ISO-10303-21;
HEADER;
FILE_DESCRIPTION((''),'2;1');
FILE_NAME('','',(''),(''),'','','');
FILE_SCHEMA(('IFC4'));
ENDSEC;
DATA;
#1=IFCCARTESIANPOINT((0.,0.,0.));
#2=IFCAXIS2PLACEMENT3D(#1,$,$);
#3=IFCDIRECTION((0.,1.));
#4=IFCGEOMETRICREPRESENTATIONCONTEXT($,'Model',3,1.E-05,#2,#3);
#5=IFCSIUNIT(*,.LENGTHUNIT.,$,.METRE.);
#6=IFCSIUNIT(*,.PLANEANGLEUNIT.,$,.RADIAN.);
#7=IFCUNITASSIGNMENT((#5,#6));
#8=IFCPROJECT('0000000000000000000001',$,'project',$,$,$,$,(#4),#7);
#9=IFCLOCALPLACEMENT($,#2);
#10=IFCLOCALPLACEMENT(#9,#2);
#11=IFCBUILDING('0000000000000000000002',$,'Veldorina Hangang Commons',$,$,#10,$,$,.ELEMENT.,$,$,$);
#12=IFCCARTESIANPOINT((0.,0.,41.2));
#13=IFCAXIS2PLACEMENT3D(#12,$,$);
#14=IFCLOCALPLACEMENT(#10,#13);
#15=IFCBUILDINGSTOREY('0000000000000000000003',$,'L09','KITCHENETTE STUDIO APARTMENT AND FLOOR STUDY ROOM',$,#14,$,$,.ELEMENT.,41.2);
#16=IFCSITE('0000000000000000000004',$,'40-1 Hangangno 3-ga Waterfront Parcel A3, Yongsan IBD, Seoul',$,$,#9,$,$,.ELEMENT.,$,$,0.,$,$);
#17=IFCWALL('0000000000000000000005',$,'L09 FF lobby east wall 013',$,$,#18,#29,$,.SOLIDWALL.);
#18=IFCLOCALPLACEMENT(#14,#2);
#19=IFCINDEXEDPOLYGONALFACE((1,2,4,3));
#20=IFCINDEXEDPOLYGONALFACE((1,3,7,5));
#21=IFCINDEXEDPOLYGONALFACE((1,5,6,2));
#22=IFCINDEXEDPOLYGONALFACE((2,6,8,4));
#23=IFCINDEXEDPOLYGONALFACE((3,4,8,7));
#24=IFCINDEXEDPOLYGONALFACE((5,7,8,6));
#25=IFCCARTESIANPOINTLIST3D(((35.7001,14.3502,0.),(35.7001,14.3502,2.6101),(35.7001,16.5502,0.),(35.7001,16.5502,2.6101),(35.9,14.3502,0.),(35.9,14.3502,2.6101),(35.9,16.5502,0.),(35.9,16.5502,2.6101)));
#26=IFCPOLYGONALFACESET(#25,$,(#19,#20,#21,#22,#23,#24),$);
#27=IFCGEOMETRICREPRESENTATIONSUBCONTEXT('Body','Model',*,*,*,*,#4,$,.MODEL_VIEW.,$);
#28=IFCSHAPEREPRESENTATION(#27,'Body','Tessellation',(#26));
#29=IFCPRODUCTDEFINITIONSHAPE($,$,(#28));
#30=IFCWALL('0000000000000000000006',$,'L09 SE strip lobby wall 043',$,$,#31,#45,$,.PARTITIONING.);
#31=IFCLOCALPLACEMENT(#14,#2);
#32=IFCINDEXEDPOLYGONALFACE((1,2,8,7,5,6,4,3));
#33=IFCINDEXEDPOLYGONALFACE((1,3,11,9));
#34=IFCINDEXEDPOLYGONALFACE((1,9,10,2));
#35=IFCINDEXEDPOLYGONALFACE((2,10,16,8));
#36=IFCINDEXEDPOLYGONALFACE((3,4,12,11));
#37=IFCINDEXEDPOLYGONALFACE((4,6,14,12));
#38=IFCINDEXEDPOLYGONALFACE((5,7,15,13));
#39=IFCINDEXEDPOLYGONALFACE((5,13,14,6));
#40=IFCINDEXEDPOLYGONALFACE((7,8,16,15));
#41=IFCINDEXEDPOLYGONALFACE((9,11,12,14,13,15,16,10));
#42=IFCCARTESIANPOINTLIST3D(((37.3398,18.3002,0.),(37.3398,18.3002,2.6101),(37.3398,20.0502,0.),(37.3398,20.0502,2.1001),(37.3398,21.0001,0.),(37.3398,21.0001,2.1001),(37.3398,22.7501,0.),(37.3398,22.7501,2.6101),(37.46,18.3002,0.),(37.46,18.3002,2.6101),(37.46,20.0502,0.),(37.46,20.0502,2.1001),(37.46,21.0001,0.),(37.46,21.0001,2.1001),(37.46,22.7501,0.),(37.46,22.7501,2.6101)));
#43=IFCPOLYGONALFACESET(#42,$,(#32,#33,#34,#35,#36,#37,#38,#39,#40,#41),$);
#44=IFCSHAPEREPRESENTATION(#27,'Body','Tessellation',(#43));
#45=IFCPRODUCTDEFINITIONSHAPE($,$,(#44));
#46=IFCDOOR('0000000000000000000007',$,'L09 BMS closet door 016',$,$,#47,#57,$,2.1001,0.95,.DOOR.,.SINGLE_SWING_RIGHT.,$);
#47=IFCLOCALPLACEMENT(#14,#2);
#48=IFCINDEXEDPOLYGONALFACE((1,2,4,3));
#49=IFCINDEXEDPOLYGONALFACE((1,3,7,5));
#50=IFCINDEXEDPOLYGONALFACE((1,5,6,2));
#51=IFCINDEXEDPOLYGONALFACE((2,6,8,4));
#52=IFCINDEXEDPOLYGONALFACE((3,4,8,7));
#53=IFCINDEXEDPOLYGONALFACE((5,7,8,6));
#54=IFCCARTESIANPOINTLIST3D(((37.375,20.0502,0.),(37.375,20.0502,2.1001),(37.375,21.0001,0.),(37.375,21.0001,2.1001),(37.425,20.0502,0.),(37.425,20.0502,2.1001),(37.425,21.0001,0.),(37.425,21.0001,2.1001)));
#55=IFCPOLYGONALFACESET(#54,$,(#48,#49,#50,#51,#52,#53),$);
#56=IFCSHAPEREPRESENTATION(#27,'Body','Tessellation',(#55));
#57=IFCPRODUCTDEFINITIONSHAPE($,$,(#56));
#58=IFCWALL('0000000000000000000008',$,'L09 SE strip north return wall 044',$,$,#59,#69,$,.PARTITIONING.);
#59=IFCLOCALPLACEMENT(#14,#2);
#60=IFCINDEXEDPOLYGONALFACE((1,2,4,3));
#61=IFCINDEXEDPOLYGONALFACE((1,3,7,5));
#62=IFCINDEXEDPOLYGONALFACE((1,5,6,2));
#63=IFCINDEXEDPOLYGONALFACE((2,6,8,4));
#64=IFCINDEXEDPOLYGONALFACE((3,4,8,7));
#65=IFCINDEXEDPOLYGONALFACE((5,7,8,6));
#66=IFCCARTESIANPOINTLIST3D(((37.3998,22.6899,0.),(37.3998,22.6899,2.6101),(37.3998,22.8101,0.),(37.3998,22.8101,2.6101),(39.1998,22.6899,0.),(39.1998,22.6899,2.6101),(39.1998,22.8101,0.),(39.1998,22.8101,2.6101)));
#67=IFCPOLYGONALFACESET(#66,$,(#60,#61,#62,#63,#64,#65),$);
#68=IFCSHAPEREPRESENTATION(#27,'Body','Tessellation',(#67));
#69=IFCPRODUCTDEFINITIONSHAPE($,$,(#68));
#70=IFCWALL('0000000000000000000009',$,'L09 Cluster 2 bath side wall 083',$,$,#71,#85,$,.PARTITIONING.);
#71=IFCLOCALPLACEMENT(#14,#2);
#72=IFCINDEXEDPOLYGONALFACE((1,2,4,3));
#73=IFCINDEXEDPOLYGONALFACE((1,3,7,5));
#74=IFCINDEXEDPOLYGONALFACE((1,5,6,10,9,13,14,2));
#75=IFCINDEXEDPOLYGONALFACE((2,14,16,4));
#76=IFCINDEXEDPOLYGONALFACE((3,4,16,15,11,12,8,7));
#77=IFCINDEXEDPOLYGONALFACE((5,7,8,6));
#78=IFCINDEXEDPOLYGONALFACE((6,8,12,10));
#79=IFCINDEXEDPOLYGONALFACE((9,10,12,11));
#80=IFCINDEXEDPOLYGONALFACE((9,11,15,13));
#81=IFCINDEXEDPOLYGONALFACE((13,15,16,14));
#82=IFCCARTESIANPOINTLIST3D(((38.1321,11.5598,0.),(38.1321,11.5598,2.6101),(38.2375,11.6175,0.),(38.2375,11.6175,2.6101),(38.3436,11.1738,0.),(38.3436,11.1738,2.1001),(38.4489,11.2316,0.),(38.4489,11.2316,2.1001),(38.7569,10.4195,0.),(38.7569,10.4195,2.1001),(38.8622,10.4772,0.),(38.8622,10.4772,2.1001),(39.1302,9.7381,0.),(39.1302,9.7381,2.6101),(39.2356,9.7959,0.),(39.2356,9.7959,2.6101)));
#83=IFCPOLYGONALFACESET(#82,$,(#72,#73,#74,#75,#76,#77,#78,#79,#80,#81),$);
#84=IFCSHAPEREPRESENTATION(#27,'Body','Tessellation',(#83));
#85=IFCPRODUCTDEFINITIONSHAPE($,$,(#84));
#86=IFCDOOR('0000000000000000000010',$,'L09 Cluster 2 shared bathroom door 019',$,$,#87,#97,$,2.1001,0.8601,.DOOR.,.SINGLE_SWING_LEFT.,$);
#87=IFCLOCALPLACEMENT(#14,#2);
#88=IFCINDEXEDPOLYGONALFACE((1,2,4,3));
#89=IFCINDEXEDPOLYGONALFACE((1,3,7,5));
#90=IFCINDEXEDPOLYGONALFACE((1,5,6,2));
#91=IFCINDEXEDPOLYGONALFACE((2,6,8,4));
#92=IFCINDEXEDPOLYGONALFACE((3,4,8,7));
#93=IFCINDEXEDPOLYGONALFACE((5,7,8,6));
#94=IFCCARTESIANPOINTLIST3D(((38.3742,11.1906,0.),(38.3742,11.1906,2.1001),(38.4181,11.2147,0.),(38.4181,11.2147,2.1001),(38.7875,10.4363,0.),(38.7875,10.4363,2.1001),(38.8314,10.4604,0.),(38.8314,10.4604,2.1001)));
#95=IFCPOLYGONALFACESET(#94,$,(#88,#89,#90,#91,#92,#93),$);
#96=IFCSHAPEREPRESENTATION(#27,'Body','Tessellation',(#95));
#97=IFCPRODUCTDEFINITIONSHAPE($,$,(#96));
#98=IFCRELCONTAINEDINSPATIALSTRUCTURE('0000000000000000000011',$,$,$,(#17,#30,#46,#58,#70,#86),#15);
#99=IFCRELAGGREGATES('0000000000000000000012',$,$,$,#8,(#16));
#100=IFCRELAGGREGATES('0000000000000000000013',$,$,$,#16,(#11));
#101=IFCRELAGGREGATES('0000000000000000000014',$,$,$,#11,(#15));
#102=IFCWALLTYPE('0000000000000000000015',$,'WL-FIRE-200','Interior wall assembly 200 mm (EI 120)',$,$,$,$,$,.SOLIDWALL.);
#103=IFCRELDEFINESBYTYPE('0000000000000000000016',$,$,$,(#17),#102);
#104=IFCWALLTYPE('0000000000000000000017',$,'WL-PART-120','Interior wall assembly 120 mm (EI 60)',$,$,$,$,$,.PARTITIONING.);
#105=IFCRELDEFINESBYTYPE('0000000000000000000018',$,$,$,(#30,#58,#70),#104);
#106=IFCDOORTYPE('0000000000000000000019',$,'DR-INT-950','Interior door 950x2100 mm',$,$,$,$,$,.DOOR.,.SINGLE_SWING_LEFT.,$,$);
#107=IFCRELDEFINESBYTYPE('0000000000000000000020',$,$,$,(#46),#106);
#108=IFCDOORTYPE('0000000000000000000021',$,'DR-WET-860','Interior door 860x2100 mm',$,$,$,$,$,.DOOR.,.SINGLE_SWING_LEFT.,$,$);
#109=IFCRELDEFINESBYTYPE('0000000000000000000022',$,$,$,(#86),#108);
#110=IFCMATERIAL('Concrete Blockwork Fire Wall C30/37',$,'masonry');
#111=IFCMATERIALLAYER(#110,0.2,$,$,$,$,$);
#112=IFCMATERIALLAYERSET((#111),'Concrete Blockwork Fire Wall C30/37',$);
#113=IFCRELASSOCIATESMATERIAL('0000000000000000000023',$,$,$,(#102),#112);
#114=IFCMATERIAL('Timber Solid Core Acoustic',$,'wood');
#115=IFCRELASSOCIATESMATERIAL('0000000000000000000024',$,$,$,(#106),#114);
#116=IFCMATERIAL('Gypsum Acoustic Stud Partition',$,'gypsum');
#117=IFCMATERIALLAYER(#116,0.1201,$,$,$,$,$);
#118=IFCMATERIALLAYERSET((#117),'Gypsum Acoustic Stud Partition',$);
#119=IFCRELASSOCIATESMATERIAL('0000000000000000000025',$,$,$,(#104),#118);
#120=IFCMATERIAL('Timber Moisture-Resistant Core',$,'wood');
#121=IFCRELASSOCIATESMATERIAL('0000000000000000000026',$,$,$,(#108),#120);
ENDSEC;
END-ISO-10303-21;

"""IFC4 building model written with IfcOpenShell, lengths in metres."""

from ifc_helpers import new_model, si_unit, direction, frame, frame_2d, origin, place, context, subcontext, project, spatial, rectangle, extrude, material, layer, layer_set, type_object, element, fill, save


model = new_model("IFC4")

# Units and contexts
model_context = context("Model", 3, precision=1e-05, world=origin(), true_north=direction((0.0, 1.0)))
body_context = subcontext(model_context, "Body", "Model", "MODEL_VIEW")
ifc_project = project(units=[si_unit("LENGTHUNIT", "METRE"), si_unit("PLANEANGLEUNIT", "RADIAN")], contexts=[model_context])

# Site, building, storey
site_placement = place(None, origin())
site = spatial("IfcSite", under=ifc_project, at=site_placement, Name="40-1 Hangangno 3-ga Waterfront Parcel A3, Yongsan IBD, Seoul", CompositionType="ELEMENT", RefElevation=0.0)
building_placement = place(site_placement, origin())
building = spatial("IfcBuilding", under=site, at=building_placement, Name="Veldorina Hangang Commons", CompositionType="ELEMENT")
storey_placement = place(building_placement, frame((0.0, 0.0, 41.2)))
storey = spatial("IfcBuildingStorey", under=building, at=storey_placement, Name="L09", Description="KITCHENETTE STUDIO APARTMENT AND FLOOR STUDY ROOM", CompositionType="ELEMENT", Elevation=41.2)

# Shared definitions
ifc_material_1 = material(Name="Concrete Blockwork Fire Wall C30/37", Category="masonry")
ifc_layer_1 = layer(ifc_material_1, 0.2)
ifc_layer_set_1 = layer_set([ifc_layer_1], Name="Concrete Blockwork Fire Wall C30/37")
wall_type_1 = type_object("IfcWallType", Name="WL-FIRE-200", Description="Interior wall assembly 200 mm (EI 120)", PredefinedType="SOLIDWALL", material=ifc_layer_set_1)
ifc_material_2 = material(Name="Timber Solid Core Acoustic", Category="wood")
door_type_1 = type_object("IfcDoorType", Name="DR-INT-950", Description="Interior door 950x2100 mm", OperationType="SINGLE_SWING_LEFT", PredefinedType="DOOR", material=ifc_material_2)

# Wall
wall_1_placement = place(storey_placement, frame((35.8, 14.3501, 0.0), z_axis=(0.0, 0.0, 1.0), x_axis=(0.0, 1.0, 0.0)))
element("IfcWall", 1, at=wall_1_placement, inside=storey, type_object=wall_type_1, Name="L09 FF lobby east wall 013", PredefinedType="SOLIDWALL", context=body_context, shape_type="SweptSolid", body=[
    extrude(rectangle(XDim=2.2, YDim=0.2, at=frame_2d((1.1001, 0.0))), origin(), (0.0, 0.0, 1.0), 2.6101),
])

# Wall, opening, door
ifc_material_3 = material(Name="Gypsum Acoustic Stud Partition", Category="gypsum")
ifc_layer_2 = layer(ifc_material_3, 0.1201)
ifc_layer_set_2 = layer_set([ifc_layer_2], Name="Gypsum Acoustic Stud Partition")
wall_type_2 = type_object("IfcWallType", Name="WL-PART-120", Description="Interior wall assembly 120 mm (EI 60)", PredefinedType="PARTITIONING", material=ifc_layer_set_2)
wall_2_placement = place(storey_placement, frame((37.3999, 18.3, 0.0), z_axis=(0.0, 0.0, 1.0), x_axis=(0.0, 1.0, 0.0)))
wall_2 = element("IfcWall", 2, at=wall_2_placement, inside=storey, type_object=wall_type_2, Name="L09 SE strip lobby wall 043", PredefinedType="PARTITIONING", context=body_context, shape_type="SweptSolid", body=[
    extrude(rectangle(XDim=4.45, YDim=0.1201, at=frame_2d((2.2251, 0.0))), origin(), (0.0, 0.0, 1.0), 2.6101),
])
opening_1_placement = place(wall_2_placement, frame((1.75, 0.0, 0.0)))
opening_1 = element("IfcOpeningElement", 3, at=opening_1_placement, cuts=wall_2, PredefinedType="OPENING", context=body_context, shape_type="SweptSolid", body=[
    extrude(rectangle(XDim=0.95, YDim=2.1001, at=frame_2d((0.4751, 1.05))), frame((0.0, 0.0701, 0.0), z_axis=(0.0, -1.0, 0.0), x_axis=(1.0, 0.0, 0.0)), (0.0, 0.0, 1.0), 0.1401),
])
door_1_placement = place(opening_1_placement, origin())
door_1 = element("IfcDoor", 4, at=door_1_placement, inside=storey, type_object=door_type_1, Name="L09 BMS closet door 016", OperationType="SINGLE_SWING_RIGHT", OverallHeight=2.1001, OverallWidth=0.95, PredefinedType="DOOR", context=body_context, shape_type="SweptSolid", body=[
    extrude(rectangle(XDim=0.95, YDim=2.1001, at=frame_2d((0.4751, 1.05))), frame((0.0, 0.0249, 0.0), z_axis=(0.0, -1.0, 0.0), x_axis=(1.0, 0.0, 0.0)), (0.0, 0.0, 1.0), 0.05),
])
fill(opening_1, door_1)

# Wall
wall_3_placement = place(storey_placement, frame((37.3999, 22.75, 0.0), z_axis=(0.0, 0.0, 1.0), x_axis=(1.0, 0.0, 0.0)))
element("IfcWall", 5, at=wall_3_placement, inside=storey, type_object=wall_type_2, Name="L09 SE strip north return wall 044", PredefinedType="PARTITIONING", context=body_context, shape_type="SweptSolid", body=[
    extrude(rectangle(XDim=1.8, YDim=0.1201, at=frame_2d((0.8999, 0.0))), origin(), (0.0, 0.0, 1.0), 2.6101),
])

# Wall, opening, door
wall_4_placement = place(storey_placement, frame((38.1848, 11.5886, 0.0), z_axis=(0.0, 0.0, 1.0), x_axis=(0.480515, -0.876987, 0.0)))
wall_4 = element("IfcWall", 6, at=wall_4_placement, inside=storey, type_object=wall_type_2, Name="L09 Cluster 2 bath side wall 083", PredefinedType="PARTITIONING", context=body_context, shape_type="SweptSolid", body=[
    extrude(rectangle(XDim=2.0771, YDim=0.1201, at=frame_2d((1.0386, 0.0))), origin(), (0.0, 0.0, 1.0), 2.6101),
])
opening_2_placement = place(wall_4_placement, frame((0.4399, 0.0, 0.0)))
opening_2 = element("IfcOpeningElement", 7, at=opening_2_placement, cuts=wall_4, PredefinedType="OPENING", context=body_context, shape_type="SweptSolid", body=[
    extrude(rectangle(XDim=0.8601, YDim=2.1001, at=frame_2d((0.4302, 1.05))), frame((0.0, 0.0701, 0.0), z_axis=(0.0, -1.0, 0.0), x_axis=(1.0, 0.0, 0.0)), (0.0, 0.0, 1.0), 0.1401),
])
ifc_material_4 = material(Name="Timber Moisture-Resistant Core", Category="wood")
door_type_2 = type_object("IfcDoorType", Name="DR-WET-860", Description="Interior door 860x2100 mm", OperationType="SINGLE_SWING_LEFT", PredefinedType="DOOR", material=ifc_material_4)
door_2_placement = place(opening_2_placement, origin())
door_2 = element("IfcDoor", 8, at=door_2_placement, inside=storey, type_object=door_type_2, Name="L09 Cluster 2 shared bathroom door 019", OperationType="SINGLE_SWING_LEFT", OverallHeight=2.1001, OverallWidth=0.8601, PredefinedType="DOOR", context=body_context, shape_type="SweptSolid", body=[
    extrude(rectangle(XDim=0.8601, YDim=2.1001, at=frame_2d((0.4302, 1.05))), frame((0.0, 0.0249, 0.0), z_axis=(0.0, -1.0, 0.0), x_axis=(1.0, 0.0, 0.0)), (0.0, 0.0, 1.0), 0.05),
])
fill(opening_2, door_2)

save(model, "model.ifc")
